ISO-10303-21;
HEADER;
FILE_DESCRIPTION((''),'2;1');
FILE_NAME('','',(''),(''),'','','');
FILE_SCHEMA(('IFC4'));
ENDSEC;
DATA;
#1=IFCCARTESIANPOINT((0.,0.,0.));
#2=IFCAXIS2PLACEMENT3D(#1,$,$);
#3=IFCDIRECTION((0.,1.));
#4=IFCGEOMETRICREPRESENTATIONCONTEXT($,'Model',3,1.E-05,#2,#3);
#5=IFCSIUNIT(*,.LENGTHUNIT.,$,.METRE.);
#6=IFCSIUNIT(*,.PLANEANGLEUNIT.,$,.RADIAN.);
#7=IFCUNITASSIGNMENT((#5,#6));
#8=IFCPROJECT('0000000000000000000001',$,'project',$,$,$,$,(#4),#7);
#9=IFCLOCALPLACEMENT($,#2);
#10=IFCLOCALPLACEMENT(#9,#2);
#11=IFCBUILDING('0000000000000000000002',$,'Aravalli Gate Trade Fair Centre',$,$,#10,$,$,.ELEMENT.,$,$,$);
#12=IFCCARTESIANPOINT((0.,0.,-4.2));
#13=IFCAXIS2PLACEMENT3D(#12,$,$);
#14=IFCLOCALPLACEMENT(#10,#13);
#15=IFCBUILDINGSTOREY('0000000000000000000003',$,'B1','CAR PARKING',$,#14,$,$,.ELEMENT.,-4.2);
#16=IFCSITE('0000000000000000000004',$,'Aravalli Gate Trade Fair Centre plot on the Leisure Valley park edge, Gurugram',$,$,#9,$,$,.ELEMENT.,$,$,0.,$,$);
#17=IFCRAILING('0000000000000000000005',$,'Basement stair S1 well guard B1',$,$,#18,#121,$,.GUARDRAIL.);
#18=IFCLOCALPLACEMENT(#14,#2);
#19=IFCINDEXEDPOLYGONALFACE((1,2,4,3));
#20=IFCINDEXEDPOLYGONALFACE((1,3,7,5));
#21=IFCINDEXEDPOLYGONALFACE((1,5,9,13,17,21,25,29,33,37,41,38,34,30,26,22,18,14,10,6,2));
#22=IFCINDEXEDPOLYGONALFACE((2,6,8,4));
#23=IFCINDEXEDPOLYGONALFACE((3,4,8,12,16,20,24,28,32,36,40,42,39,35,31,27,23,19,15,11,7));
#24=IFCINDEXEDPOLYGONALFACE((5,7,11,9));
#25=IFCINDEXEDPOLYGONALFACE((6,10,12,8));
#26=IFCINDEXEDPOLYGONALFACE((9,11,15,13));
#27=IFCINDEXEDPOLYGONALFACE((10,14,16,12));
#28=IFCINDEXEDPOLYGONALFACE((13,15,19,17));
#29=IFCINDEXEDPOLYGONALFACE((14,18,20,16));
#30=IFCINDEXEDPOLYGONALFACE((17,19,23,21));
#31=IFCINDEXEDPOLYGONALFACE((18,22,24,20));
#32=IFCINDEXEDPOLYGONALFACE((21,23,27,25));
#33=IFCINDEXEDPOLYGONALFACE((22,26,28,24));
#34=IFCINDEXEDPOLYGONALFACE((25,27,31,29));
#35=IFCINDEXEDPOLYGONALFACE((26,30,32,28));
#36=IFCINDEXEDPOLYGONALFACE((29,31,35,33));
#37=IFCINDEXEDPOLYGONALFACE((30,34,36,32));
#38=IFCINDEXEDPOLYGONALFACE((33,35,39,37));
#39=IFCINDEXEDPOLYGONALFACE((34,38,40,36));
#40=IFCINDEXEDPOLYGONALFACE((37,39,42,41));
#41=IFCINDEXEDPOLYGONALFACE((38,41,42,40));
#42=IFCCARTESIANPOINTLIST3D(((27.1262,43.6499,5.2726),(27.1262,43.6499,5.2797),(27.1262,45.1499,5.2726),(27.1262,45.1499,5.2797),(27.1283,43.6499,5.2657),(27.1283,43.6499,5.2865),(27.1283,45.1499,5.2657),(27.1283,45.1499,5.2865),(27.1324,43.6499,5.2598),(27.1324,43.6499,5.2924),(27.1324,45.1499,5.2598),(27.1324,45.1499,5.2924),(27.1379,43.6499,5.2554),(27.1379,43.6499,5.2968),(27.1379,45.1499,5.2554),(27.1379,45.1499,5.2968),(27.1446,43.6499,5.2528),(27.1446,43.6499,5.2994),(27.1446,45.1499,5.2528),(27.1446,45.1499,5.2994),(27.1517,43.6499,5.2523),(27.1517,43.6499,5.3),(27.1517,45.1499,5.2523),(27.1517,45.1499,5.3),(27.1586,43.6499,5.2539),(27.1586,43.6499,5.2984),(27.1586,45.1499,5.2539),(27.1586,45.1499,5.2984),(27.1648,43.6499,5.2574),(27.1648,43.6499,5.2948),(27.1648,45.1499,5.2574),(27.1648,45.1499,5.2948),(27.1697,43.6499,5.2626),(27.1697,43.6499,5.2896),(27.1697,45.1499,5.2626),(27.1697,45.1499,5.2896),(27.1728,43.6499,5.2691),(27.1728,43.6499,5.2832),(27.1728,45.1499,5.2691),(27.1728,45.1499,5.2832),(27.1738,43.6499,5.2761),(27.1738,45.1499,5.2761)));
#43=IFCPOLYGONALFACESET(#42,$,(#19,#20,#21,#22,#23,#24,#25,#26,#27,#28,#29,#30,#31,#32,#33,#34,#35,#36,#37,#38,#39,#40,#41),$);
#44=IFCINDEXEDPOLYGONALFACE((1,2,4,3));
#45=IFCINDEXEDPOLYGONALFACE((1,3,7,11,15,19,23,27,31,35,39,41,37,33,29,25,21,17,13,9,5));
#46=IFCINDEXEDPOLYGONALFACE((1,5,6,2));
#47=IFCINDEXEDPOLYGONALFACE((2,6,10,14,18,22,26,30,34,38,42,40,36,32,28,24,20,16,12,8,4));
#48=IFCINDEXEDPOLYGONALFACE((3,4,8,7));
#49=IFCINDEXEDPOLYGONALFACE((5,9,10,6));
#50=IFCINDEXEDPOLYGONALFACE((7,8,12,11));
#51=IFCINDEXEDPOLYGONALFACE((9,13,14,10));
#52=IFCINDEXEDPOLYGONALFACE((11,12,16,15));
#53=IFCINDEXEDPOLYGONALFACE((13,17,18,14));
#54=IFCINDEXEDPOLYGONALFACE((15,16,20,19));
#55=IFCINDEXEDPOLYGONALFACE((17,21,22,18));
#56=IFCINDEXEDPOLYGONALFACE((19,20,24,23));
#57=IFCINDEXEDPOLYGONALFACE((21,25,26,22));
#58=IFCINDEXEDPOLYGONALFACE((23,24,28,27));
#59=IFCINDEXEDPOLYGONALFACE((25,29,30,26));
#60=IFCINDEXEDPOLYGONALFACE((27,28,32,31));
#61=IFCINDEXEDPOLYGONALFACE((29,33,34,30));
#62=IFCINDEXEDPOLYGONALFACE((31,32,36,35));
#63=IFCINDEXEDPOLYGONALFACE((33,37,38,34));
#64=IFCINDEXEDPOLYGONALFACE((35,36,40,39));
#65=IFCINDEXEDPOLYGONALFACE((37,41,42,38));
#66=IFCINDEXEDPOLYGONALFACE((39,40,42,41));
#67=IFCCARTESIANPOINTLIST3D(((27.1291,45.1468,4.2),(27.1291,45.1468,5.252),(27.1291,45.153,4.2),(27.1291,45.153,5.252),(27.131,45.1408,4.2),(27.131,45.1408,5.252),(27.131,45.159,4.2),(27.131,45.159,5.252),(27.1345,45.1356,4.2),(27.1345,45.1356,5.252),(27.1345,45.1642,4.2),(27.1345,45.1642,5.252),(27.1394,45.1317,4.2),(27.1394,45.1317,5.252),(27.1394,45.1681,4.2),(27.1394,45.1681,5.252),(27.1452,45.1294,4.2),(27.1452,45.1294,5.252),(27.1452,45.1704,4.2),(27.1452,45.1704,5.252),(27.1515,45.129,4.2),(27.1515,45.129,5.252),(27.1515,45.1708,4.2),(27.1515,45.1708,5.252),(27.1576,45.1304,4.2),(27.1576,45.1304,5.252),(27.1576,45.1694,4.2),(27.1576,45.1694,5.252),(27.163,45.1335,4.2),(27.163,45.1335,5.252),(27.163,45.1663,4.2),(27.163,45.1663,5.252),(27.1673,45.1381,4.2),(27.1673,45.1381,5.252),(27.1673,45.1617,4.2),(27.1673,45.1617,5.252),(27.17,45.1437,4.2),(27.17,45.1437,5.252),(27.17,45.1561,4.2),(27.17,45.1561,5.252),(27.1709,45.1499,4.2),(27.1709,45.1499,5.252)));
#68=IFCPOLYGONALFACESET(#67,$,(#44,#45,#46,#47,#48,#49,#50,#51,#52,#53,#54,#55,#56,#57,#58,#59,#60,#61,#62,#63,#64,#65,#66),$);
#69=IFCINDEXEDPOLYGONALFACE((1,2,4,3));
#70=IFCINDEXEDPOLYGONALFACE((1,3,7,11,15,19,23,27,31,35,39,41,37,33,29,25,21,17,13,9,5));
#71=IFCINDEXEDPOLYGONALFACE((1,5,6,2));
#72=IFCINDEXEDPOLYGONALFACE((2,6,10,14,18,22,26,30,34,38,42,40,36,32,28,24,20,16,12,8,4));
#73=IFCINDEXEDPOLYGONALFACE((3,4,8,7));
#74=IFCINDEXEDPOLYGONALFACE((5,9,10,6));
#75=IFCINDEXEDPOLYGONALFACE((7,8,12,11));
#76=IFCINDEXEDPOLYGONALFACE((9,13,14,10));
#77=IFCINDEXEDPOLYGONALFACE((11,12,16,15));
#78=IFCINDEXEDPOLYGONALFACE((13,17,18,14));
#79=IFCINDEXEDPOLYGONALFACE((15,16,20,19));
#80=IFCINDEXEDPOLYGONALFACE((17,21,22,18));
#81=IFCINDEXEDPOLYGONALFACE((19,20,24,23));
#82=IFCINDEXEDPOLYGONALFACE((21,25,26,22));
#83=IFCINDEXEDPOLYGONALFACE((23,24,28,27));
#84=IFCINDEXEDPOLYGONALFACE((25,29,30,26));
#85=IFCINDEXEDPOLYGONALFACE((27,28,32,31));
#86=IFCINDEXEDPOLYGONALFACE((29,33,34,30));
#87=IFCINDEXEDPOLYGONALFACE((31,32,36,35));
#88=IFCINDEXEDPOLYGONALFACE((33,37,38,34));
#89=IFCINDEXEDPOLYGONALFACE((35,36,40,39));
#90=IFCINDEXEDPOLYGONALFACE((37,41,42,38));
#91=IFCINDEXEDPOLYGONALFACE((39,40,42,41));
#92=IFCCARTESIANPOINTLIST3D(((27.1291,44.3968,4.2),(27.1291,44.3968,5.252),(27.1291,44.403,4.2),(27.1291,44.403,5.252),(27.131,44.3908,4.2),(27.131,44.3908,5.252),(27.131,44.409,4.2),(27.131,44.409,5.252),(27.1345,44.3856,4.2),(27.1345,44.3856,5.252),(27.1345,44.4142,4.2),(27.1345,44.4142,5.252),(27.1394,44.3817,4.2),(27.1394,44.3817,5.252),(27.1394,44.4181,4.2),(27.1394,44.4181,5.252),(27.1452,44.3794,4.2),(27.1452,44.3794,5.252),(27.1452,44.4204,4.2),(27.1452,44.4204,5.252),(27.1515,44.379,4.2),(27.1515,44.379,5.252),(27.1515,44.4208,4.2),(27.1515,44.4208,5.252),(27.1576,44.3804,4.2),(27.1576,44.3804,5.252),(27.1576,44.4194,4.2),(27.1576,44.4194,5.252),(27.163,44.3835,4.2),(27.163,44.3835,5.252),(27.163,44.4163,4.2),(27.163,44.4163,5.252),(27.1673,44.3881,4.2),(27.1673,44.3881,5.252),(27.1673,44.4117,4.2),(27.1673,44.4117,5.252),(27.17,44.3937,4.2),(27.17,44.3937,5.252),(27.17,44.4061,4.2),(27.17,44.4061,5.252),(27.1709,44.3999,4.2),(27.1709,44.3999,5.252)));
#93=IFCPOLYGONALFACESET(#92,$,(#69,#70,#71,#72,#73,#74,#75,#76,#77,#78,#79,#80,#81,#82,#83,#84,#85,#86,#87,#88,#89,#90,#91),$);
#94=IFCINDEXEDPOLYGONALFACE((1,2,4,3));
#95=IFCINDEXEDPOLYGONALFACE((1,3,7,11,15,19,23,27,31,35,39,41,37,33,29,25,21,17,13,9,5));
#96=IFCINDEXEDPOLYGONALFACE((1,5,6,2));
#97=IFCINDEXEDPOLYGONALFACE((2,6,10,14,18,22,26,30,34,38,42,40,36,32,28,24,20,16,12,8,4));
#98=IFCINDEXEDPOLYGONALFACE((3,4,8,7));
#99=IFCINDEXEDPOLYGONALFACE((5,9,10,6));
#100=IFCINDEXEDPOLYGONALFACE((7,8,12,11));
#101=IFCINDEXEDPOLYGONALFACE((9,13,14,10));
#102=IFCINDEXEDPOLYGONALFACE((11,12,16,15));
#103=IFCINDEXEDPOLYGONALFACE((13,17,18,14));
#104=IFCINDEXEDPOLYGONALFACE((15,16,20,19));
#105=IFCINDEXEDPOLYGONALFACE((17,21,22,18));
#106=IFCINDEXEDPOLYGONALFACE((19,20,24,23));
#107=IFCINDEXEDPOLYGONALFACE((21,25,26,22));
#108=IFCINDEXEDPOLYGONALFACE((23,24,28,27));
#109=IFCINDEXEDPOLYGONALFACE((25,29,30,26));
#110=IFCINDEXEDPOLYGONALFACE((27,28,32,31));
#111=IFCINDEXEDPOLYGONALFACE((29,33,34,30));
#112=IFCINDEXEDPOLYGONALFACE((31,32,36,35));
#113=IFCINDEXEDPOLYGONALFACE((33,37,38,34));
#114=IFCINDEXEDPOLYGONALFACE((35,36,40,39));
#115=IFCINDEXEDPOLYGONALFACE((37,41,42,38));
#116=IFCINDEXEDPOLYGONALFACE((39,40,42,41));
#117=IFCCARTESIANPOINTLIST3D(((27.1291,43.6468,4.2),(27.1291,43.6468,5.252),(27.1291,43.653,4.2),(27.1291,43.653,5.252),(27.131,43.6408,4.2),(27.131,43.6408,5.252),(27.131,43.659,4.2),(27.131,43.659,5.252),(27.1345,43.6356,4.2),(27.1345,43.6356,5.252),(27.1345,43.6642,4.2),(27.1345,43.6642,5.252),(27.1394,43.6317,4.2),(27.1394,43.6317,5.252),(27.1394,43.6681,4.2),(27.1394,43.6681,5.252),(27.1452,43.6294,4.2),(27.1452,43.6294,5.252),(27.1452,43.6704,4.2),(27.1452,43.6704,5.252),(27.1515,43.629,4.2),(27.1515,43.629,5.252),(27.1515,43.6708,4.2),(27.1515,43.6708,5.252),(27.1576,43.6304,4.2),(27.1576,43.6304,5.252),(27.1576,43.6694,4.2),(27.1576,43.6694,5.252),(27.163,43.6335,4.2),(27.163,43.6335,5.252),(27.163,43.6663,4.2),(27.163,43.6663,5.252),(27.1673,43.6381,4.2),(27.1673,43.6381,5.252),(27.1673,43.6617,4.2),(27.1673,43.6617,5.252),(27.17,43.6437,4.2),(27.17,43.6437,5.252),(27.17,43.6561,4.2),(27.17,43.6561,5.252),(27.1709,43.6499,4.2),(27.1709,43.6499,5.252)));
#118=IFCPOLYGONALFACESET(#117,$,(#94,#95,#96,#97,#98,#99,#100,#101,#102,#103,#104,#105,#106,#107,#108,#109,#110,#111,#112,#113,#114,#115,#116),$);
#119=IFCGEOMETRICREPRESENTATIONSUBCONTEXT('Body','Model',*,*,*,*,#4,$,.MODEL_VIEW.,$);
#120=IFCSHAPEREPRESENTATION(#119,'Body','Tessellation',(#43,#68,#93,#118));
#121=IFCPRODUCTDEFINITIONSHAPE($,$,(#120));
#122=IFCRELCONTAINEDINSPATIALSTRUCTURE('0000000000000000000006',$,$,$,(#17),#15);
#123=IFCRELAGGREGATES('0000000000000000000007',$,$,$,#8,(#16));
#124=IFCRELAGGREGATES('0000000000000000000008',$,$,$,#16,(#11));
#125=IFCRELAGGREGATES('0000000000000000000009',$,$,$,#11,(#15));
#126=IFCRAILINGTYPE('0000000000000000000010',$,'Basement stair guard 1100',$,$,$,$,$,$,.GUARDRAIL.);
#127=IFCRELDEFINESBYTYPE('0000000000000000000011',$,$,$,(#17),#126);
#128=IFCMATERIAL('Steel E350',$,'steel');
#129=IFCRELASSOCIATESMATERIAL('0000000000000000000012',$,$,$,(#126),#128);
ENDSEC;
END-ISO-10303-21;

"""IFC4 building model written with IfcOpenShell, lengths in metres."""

from ifc_helpers import new_model, si_unit, direction, frame, origin, origin_2d, place, context, subcontext, project, spatial, circle, extrude, material, type_object, element, save


model = new_model("IFC4")

# Units and contexts
model_context = context("Model", 3, precision=1e-05, world=origin(), true_north=direction((0.0, 1.0)))
body_context = subcontext(model_context, "Body", "Model", "MODEL_VIEW")
ifc_project = project(units=[si_unit("LENGTHUNIT", "METRE"), si_unit("PLANEANGLEUNIT", "RADIAN")], contexts=[model_context])

# Site, building, storey
site_placement = place(None, origin())
site = spatial("IfcSite", under=ifc_project, at=site_placement, Name="Aravalli Gate Trade Fair Centre plot on the Leisure Valley park edge, Gurugram", CompositionType="ELEMENT", RefElevation=0.0)
building_placement = place(site_placement, origin())
building = spatial("IfcBuilding", under=site, at=building_placement, Name="Aravalli Gate Trade Fair Centre", CompositionType="ELEMENT")
storey_placement = place(building_placement, frame((0.0, 0.0, -4.2)))
storey = spatial("IfcBuildingStorey", under=building, at=storey_placement, Name="B1", Description="CAR PARKING", CompositionType="ELEMENT", Elevation=-4.2)

# Railing
ifc_material_1 = material(Name="Steel E350", Category="steel")
railing_type_1 = type_object("IfcRailingType", Name="Basement stair guard 1100", PredefinedType="GUARDRAIL", material=ifc_material_1)
railing_1_placement = place(storey_placement, frame((27.1499, 45.1499, 4.2)))
element("IfcRailing", 1, at=railing_1_placement, inside=storey, type_object=railing_type_1, Name="Basement stair S1 well guard B1", PredefinedType="GUARDRAIL", context=body_context, shape_type="SweptSolid", body=[
    extrude(circle(Radius=0.0239, at=origin_2d()), frame((0.0, 0.0, 1.0762), z_axis=(0.0, -1.0, 0.0), x_axis=(1.0, 0.0, 0.0)), (0.0, 0.0, 1.0), 1.5),
    extrude(circle(Radius=0.021, at=origin_2d()), origin(), (0.0, 0.0, 1.0), 1.052),
    extrude(circle(Radius=0.021, at=origin_2d()), frame((0.0, -0.75, 0.0)), (0.0, 0.0, 1.0), 1.052),
    extrude(circle(Radius=0.021, at=origin_2d()), frame((0.0, -1.5, 0.0)), (0.0, 0.0, 1.0), 1.052),
])

save(model, "model.ifc")
